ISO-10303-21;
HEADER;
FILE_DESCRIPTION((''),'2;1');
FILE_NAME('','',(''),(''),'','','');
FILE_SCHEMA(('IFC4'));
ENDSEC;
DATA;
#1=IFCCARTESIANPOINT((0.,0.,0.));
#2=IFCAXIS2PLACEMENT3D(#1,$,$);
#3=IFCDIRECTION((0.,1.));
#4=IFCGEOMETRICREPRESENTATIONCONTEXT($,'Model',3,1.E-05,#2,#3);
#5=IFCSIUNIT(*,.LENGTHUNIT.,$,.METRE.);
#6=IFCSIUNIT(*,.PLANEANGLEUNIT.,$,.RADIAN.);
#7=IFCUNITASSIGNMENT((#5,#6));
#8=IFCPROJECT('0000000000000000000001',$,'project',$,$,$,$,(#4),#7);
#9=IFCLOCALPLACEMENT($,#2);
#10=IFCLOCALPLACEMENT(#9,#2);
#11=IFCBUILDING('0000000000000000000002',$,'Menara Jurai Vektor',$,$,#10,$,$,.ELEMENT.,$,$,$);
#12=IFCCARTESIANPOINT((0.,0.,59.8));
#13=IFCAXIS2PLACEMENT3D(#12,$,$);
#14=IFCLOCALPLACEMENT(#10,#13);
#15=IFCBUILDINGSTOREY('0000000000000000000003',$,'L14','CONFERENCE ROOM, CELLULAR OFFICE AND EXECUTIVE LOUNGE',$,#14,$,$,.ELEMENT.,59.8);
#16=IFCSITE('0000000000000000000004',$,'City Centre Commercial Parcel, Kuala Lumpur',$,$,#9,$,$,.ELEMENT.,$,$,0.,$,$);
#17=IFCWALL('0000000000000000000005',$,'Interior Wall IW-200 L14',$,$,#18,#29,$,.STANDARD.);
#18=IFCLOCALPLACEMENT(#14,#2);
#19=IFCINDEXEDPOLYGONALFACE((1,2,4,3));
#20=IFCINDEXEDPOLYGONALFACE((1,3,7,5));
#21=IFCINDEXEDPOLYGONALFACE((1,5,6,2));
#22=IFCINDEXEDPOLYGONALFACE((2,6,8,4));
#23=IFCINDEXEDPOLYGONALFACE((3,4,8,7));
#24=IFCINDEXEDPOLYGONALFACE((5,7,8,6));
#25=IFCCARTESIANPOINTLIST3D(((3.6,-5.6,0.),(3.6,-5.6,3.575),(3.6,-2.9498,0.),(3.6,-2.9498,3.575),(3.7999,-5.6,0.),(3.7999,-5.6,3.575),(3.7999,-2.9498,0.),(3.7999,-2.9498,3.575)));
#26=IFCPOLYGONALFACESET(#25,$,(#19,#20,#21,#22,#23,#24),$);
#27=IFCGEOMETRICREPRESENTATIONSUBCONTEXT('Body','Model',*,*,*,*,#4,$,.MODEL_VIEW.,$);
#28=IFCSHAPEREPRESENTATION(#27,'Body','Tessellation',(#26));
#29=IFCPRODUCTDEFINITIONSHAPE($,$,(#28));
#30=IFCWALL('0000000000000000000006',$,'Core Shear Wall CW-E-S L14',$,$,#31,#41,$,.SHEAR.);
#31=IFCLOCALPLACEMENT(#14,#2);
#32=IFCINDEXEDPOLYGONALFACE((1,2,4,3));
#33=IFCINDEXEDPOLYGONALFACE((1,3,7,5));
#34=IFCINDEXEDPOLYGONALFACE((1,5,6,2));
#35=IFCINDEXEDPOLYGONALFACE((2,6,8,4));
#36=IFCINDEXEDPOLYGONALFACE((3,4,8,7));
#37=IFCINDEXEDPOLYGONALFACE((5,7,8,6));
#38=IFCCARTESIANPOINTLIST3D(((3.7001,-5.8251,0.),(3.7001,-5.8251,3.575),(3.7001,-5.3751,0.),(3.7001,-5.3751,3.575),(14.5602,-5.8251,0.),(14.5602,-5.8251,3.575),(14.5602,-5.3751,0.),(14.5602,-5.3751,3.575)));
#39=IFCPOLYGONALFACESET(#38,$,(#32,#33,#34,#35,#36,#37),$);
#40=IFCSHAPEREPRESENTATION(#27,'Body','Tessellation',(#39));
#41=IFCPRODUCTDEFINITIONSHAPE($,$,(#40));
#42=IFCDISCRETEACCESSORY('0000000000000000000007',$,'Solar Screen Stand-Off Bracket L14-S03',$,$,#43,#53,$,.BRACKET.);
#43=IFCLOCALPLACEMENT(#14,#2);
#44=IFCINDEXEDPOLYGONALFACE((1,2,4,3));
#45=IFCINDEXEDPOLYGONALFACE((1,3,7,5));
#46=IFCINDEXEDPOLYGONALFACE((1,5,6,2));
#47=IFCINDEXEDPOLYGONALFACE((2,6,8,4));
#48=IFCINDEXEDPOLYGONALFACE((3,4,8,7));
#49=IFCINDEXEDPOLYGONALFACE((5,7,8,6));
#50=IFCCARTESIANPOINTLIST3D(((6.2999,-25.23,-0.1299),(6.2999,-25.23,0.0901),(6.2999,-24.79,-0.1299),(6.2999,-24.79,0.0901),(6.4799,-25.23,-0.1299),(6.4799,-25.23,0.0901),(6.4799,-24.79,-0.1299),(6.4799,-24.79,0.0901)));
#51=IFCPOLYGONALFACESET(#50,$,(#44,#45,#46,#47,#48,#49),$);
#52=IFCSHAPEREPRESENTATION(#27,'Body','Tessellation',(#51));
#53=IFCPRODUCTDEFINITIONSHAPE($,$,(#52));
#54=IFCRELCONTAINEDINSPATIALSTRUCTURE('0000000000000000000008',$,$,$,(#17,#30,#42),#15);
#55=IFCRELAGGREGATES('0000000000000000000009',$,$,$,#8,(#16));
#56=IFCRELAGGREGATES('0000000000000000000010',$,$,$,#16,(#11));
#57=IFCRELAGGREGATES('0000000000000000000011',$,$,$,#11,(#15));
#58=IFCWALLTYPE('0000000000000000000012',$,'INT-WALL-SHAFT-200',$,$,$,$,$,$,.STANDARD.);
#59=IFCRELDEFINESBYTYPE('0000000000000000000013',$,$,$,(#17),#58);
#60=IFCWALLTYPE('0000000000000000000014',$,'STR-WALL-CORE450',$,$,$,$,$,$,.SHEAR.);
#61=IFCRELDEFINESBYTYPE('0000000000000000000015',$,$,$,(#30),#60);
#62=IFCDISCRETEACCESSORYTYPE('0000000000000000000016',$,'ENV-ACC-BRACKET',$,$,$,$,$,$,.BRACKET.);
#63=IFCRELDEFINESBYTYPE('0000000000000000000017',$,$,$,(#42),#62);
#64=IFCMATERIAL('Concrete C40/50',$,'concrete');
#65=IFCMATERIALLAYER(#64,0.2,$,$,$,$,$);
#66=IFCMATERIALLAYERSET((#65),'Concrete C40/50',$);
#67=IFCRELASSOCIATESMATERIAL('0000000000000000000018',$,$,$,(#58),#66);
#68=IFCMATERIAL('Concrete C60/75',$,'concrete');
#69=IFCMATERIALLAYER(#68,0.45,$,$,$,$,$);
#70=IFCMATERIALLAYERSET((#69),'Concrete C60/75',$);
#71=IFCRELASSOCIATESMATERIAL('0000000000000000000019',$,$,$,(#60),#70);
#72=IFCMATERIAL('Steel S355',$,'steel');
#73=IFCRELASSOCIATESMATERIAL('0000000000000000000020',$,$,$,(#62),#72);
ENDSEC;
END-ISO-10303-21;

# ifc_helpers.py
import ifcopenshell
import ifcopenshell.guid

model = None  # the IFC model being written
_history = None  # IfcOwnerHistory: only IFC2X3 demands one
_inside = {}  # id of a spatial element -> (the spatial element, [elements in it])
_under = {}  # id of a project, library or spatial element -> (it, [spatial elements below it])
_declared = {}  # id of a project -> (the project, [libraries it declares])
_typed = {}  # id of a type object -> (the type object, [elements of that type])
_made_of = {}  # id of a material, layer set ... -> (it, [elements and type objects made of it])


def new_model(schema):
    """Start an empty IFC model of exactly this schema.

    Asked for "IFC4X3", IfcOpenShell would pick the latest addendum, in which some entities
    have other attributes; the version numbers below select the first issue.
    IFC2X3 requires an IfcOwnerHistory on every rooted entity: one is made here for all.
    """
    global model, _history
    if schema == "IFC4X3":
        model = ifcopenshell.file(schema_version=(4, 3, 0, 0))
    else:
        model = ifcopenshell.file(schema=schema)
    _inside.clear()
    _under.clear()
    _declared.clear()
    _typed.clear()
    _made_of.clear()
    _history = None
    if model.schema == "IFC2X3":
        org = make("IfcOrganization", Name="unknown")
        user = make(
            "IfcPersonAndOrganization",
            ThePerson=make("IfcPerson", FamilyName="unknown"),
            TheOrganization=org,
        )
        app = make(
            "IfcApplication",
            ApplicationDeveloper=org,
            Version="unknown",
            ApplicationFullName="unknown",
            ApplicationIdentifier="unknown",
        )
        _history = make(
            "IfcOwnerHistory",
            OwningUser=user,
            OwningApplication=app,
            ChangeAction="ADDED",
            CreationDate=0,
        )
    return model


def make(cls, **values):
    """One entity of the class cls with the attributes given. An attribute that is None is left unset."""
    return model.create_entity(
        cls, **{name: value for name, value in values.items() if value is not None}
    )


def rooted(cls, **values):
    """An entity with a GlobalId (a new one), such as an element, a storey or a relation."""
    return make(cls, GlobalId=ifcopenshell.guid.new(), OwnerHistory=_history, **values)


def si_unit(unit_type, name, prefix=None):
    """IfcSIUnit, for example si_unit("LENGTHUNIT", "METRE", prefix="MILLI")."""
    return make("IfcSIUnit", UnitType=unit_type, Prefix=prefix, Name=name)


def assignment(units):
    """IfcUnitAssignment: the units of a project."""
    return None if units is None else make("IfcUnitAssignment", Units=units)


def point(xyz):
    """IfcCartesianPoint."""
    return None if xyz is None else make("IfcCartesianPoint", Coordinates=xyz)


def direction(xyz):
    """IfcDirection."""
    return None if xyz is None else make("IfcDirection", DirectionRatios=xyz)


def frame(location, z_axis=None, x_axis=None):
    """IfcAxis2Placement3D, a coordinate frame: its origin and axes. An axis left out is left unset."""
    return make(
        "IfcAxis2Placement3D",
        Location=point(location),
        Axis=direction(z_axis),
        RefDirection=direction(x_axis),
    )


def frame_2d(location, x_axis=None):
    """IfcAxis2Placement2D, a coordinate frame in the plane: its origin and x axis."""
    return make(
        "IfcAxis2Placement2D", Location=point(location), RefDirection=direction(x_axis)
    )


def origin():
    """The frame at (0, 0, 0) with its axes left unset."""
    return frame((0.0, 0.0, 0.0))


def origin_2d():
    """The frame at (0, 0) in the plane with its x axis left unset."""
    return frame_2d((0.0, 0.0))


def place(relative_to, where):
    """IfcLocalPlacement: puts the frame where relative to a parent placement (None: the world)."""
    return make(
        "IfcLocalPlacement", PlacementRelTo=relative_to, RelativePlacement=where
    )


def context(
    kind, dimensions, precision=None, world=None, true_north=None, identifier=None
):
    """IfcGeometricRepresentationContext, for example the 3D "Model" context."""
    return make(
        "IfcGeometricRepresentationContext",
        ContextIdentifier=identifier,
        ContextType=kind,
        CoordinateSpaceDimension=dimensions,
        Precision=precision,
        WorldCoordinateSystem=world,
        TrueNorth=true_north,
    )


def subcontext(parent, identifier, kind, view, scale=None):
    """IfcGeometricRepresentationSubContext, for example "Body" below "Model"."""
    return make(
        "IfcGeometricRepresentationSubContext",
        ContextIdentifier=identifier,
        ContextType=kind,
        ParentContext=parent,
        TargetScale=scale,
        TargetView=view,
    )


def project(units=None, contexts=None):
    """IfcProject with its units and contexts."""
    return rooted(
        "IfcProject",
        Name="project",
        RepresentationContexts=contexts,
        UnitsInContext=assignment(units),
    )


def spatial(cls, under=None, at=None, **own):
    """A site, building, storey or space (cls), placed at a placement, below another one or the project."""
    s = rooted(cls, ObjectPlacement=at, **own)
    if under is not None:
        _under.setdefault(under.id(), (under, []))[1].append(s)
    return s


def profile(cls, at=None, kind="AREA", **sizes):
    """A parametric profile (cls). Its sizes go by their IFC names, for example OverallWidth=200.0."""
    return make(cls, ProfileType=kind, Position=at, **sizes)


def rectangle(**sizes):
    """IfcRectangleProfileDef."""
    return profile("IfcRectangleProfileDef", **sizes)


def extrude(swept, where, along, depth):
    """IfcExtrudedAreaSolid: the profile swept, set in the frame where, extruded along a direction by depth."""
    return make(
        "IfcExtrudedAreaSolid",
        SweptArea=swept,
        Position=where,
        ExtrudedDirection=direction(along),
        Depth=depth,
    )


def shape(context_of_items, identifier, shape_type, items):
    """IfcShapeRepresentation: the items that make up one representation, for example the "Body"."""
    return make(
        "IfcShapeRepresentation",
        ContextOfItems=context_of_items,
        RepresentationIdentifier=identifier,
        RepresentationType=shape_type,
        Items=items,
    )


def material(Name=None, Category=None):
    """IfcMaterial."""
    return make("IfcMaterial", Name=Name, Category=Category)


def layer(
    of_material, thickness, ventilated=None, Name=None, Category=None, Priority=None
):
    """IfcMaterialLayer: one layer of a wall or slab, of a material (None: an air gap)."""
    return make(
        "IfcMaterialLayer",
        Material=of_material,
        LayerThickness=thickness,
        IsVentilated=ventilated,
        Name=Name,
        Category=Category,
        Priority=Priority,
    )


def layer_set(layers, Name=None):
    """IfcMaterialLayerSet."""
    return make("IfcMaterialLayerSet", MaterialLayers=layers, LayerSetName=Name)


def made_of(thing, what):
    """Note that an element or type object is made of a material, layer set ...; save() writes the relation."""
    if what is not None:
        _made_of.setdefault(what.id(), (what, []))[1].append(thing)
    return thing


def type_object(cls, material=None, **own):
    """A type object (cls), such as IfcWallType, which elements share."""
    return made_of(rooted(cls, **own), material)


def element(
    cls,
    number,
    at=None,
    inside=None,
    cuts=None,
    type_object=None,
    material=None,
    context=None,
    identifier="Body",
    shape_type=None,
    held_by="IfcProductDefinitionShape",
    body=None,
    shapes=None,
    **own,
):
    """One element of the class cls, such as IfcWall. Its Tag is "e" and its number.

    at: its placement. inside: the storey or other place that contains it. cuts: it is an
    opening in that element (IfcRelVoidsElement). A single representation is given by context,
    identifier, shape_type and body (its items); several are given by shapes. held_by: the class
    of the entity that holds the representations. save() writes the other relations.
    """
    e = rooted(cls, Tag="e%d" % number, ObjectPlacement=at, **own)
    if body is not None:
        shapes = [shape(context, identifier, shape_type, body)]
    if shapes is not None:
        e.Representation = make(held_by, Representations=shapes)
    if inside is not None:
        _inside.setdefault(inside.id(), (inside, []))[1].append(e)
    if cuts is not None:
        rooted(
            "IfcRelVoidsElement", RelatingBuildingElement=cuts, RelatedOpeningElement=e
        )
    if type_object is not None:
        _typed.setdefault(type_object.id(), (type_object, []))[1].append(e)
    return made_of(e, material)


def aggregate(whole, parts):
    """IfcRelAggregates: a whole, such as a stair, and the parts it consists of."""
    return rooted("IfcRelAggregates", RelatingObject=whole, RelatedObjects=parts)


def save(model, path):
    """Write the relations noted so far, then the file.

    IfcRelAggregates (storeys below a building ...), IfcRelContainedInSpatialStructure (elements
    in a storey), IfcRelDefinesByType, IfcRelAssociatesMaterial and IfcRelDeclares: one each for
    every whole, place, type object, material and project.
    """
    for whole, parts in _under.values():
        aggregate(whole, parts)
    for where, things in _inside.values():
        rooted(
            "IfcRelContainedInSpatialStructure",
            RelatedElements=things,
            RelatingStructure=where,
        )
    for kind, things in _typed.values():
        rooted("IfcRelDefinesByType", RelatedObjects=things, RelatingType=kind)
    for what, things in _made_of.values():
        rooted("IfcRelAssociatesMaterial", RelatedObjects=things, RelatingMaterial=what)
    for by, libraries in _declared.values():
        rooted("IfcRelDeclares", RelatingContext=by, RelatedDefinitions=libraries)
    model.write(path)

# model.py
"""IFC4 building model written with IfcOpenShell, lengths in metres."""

from ifc_helpers import new_model, si_unit, direction, frame, frame_2d, origin, origin_2d, place, context, subcontext, project, spatial, rectangle, extrude, material, layer, layer_set, type_object, element, save


model = new_model("IFC4")

# Units and contexts
model_context = context("Model", 3, precision=1e-05, world=origin(), true_north=direction((0.0, 1.0)))
body_context = subcontext(model_context, "Body", "Model", "MODEL_VIEW")
ifc_project = project(units=[si_unit("LENGTHUNIT", "METRE"), si_unit("PLANEANGLEUNIT", "RADIAN")], contexts=[model_context])

# Site, building, storey
site_placement = place(None, origin())
site = spatial("IfcSite", under=ifc_project, at=site_placement, Name="City Centre Commercial Parcel, Kuala Lumpur", CompositionType="ELEMENT", RefElevation=0.0)
building_placement = place(site_placement, origin())
building = spatial("IfcBuilding", under=site, at=building_placement, Name="Menara Jurai Vektor", CompositionType="ELEMENT")
storey_placement = place(building_placement, frame((0.0, 0.0, 59.8)))
storey = spatial("IfcBuildingStorey", under=building, at=storey_placement, Name="L14", Description="CONFERENCE ROOM, CELLULAR OFFICE AND EXECUTIVE LOUNGE", CompositionType="ELEMENT", Elevation=59.8)

# Shared definitions
ifc_material_1 = material(Name="Concrete C60/75", Category="concrete")

# Shared definitions
ifc_material_2 = material(Name="Steel S355", Category="steel")

# Walls
ifc_material_3 = material(Name="Concrete C40/50", Category="concrete")
ifc_layer_1 = layer(ifc_material_3, 0.2)
ifc_layer_set_1 = layer_set([ifc_layer_1], Name="Concrete C40/50")
wall_type_1 = type_object("IfcWallType", Name="INT-WALL-SHAFT-200", PredefinedType="STANDARD", material=ifc_layer_set_1)
wall_1_placement = place(storey_placement, frame((3.7, -5.6001, 0.0), z_axis=(0.0, 0.0, 1.0), x_axis=(0.0, 1.0, 0.0)))
element("IfcWall", 1, at=wall_1_placement, inside=storey, type_object=wall_type_1, Name="Interior Wall IW-200 L14", PredefinedType="STANDARD", context=body_context, shape_type="SweptSolid", body=[
    extrude(rectangle(XDim=2.6501, YDim=0.2, at=frame_2d((1.3252, 0.0))), origin(), (0.0, 0.0, 1.0), 3.575),
])
ifc_layer_2 = layer(ifc_material_1, 0.45)
ifc_layer_set_2 = layer_set([ifc_layer_2], Name="Concrete C60/75")
wall_type_2 = type_object("IfcWallType", Name="STR-WALL-CORE450", PredefinedType="SHEAR", material=ifc_layer_set_2)
wall_2_placement = place(storey_placement, frame((3.7, -5.6001, 0.0), z_axis=(0.0, 0.0, 1.0), x_axis=(1.0, 0.0, 0.0)))
element("IfcWall", 2, at=wall_2_placement, inside=storey, type_object=wall_type_2, Name="Core Shear Wall CW-E-S L14", PredefinedType="SHEAR", context=body_context, shape_type="SweptSolid", body=[
    extrude(rectangle(XDim=10.8601, YDim=0.45, at=frame_2d((5.4302, 0.0))), origin(), (0.0, 0.0, 1.0), 3.575),
])

# Discrete accessory
discrete_accessory_type = type_object("IfcDiscreteAccessoryType", Name="ENV-ACC-BRACKET", PredefinedType="BRACKET", material=ifc_material_2)
discrete_accessory_placement = place(storey_placement, frame((6.3899, -25.01, -0.1299), z_axis=(0.0, 0.0, 1.0), x_axis=(1.0, 0.0, 0.0)))
element("IfcDiscreteAccessory", 3, at=discrete_accessory_placement, inside=storey, type_object=discrete_accessory_type, Name="Solar Screen Stand-Off Bracket L14-S03", PredefinedType="BRACKET", context=body_context, shape_type="SweptSolid", body=[
    extrude(rectangle(XDim=0.1799, YDim=0.4399, at=origin_2d()), origin(), (0.0, 0.0, 1.0), 0.22),
])

save(model, "model.ifc")
